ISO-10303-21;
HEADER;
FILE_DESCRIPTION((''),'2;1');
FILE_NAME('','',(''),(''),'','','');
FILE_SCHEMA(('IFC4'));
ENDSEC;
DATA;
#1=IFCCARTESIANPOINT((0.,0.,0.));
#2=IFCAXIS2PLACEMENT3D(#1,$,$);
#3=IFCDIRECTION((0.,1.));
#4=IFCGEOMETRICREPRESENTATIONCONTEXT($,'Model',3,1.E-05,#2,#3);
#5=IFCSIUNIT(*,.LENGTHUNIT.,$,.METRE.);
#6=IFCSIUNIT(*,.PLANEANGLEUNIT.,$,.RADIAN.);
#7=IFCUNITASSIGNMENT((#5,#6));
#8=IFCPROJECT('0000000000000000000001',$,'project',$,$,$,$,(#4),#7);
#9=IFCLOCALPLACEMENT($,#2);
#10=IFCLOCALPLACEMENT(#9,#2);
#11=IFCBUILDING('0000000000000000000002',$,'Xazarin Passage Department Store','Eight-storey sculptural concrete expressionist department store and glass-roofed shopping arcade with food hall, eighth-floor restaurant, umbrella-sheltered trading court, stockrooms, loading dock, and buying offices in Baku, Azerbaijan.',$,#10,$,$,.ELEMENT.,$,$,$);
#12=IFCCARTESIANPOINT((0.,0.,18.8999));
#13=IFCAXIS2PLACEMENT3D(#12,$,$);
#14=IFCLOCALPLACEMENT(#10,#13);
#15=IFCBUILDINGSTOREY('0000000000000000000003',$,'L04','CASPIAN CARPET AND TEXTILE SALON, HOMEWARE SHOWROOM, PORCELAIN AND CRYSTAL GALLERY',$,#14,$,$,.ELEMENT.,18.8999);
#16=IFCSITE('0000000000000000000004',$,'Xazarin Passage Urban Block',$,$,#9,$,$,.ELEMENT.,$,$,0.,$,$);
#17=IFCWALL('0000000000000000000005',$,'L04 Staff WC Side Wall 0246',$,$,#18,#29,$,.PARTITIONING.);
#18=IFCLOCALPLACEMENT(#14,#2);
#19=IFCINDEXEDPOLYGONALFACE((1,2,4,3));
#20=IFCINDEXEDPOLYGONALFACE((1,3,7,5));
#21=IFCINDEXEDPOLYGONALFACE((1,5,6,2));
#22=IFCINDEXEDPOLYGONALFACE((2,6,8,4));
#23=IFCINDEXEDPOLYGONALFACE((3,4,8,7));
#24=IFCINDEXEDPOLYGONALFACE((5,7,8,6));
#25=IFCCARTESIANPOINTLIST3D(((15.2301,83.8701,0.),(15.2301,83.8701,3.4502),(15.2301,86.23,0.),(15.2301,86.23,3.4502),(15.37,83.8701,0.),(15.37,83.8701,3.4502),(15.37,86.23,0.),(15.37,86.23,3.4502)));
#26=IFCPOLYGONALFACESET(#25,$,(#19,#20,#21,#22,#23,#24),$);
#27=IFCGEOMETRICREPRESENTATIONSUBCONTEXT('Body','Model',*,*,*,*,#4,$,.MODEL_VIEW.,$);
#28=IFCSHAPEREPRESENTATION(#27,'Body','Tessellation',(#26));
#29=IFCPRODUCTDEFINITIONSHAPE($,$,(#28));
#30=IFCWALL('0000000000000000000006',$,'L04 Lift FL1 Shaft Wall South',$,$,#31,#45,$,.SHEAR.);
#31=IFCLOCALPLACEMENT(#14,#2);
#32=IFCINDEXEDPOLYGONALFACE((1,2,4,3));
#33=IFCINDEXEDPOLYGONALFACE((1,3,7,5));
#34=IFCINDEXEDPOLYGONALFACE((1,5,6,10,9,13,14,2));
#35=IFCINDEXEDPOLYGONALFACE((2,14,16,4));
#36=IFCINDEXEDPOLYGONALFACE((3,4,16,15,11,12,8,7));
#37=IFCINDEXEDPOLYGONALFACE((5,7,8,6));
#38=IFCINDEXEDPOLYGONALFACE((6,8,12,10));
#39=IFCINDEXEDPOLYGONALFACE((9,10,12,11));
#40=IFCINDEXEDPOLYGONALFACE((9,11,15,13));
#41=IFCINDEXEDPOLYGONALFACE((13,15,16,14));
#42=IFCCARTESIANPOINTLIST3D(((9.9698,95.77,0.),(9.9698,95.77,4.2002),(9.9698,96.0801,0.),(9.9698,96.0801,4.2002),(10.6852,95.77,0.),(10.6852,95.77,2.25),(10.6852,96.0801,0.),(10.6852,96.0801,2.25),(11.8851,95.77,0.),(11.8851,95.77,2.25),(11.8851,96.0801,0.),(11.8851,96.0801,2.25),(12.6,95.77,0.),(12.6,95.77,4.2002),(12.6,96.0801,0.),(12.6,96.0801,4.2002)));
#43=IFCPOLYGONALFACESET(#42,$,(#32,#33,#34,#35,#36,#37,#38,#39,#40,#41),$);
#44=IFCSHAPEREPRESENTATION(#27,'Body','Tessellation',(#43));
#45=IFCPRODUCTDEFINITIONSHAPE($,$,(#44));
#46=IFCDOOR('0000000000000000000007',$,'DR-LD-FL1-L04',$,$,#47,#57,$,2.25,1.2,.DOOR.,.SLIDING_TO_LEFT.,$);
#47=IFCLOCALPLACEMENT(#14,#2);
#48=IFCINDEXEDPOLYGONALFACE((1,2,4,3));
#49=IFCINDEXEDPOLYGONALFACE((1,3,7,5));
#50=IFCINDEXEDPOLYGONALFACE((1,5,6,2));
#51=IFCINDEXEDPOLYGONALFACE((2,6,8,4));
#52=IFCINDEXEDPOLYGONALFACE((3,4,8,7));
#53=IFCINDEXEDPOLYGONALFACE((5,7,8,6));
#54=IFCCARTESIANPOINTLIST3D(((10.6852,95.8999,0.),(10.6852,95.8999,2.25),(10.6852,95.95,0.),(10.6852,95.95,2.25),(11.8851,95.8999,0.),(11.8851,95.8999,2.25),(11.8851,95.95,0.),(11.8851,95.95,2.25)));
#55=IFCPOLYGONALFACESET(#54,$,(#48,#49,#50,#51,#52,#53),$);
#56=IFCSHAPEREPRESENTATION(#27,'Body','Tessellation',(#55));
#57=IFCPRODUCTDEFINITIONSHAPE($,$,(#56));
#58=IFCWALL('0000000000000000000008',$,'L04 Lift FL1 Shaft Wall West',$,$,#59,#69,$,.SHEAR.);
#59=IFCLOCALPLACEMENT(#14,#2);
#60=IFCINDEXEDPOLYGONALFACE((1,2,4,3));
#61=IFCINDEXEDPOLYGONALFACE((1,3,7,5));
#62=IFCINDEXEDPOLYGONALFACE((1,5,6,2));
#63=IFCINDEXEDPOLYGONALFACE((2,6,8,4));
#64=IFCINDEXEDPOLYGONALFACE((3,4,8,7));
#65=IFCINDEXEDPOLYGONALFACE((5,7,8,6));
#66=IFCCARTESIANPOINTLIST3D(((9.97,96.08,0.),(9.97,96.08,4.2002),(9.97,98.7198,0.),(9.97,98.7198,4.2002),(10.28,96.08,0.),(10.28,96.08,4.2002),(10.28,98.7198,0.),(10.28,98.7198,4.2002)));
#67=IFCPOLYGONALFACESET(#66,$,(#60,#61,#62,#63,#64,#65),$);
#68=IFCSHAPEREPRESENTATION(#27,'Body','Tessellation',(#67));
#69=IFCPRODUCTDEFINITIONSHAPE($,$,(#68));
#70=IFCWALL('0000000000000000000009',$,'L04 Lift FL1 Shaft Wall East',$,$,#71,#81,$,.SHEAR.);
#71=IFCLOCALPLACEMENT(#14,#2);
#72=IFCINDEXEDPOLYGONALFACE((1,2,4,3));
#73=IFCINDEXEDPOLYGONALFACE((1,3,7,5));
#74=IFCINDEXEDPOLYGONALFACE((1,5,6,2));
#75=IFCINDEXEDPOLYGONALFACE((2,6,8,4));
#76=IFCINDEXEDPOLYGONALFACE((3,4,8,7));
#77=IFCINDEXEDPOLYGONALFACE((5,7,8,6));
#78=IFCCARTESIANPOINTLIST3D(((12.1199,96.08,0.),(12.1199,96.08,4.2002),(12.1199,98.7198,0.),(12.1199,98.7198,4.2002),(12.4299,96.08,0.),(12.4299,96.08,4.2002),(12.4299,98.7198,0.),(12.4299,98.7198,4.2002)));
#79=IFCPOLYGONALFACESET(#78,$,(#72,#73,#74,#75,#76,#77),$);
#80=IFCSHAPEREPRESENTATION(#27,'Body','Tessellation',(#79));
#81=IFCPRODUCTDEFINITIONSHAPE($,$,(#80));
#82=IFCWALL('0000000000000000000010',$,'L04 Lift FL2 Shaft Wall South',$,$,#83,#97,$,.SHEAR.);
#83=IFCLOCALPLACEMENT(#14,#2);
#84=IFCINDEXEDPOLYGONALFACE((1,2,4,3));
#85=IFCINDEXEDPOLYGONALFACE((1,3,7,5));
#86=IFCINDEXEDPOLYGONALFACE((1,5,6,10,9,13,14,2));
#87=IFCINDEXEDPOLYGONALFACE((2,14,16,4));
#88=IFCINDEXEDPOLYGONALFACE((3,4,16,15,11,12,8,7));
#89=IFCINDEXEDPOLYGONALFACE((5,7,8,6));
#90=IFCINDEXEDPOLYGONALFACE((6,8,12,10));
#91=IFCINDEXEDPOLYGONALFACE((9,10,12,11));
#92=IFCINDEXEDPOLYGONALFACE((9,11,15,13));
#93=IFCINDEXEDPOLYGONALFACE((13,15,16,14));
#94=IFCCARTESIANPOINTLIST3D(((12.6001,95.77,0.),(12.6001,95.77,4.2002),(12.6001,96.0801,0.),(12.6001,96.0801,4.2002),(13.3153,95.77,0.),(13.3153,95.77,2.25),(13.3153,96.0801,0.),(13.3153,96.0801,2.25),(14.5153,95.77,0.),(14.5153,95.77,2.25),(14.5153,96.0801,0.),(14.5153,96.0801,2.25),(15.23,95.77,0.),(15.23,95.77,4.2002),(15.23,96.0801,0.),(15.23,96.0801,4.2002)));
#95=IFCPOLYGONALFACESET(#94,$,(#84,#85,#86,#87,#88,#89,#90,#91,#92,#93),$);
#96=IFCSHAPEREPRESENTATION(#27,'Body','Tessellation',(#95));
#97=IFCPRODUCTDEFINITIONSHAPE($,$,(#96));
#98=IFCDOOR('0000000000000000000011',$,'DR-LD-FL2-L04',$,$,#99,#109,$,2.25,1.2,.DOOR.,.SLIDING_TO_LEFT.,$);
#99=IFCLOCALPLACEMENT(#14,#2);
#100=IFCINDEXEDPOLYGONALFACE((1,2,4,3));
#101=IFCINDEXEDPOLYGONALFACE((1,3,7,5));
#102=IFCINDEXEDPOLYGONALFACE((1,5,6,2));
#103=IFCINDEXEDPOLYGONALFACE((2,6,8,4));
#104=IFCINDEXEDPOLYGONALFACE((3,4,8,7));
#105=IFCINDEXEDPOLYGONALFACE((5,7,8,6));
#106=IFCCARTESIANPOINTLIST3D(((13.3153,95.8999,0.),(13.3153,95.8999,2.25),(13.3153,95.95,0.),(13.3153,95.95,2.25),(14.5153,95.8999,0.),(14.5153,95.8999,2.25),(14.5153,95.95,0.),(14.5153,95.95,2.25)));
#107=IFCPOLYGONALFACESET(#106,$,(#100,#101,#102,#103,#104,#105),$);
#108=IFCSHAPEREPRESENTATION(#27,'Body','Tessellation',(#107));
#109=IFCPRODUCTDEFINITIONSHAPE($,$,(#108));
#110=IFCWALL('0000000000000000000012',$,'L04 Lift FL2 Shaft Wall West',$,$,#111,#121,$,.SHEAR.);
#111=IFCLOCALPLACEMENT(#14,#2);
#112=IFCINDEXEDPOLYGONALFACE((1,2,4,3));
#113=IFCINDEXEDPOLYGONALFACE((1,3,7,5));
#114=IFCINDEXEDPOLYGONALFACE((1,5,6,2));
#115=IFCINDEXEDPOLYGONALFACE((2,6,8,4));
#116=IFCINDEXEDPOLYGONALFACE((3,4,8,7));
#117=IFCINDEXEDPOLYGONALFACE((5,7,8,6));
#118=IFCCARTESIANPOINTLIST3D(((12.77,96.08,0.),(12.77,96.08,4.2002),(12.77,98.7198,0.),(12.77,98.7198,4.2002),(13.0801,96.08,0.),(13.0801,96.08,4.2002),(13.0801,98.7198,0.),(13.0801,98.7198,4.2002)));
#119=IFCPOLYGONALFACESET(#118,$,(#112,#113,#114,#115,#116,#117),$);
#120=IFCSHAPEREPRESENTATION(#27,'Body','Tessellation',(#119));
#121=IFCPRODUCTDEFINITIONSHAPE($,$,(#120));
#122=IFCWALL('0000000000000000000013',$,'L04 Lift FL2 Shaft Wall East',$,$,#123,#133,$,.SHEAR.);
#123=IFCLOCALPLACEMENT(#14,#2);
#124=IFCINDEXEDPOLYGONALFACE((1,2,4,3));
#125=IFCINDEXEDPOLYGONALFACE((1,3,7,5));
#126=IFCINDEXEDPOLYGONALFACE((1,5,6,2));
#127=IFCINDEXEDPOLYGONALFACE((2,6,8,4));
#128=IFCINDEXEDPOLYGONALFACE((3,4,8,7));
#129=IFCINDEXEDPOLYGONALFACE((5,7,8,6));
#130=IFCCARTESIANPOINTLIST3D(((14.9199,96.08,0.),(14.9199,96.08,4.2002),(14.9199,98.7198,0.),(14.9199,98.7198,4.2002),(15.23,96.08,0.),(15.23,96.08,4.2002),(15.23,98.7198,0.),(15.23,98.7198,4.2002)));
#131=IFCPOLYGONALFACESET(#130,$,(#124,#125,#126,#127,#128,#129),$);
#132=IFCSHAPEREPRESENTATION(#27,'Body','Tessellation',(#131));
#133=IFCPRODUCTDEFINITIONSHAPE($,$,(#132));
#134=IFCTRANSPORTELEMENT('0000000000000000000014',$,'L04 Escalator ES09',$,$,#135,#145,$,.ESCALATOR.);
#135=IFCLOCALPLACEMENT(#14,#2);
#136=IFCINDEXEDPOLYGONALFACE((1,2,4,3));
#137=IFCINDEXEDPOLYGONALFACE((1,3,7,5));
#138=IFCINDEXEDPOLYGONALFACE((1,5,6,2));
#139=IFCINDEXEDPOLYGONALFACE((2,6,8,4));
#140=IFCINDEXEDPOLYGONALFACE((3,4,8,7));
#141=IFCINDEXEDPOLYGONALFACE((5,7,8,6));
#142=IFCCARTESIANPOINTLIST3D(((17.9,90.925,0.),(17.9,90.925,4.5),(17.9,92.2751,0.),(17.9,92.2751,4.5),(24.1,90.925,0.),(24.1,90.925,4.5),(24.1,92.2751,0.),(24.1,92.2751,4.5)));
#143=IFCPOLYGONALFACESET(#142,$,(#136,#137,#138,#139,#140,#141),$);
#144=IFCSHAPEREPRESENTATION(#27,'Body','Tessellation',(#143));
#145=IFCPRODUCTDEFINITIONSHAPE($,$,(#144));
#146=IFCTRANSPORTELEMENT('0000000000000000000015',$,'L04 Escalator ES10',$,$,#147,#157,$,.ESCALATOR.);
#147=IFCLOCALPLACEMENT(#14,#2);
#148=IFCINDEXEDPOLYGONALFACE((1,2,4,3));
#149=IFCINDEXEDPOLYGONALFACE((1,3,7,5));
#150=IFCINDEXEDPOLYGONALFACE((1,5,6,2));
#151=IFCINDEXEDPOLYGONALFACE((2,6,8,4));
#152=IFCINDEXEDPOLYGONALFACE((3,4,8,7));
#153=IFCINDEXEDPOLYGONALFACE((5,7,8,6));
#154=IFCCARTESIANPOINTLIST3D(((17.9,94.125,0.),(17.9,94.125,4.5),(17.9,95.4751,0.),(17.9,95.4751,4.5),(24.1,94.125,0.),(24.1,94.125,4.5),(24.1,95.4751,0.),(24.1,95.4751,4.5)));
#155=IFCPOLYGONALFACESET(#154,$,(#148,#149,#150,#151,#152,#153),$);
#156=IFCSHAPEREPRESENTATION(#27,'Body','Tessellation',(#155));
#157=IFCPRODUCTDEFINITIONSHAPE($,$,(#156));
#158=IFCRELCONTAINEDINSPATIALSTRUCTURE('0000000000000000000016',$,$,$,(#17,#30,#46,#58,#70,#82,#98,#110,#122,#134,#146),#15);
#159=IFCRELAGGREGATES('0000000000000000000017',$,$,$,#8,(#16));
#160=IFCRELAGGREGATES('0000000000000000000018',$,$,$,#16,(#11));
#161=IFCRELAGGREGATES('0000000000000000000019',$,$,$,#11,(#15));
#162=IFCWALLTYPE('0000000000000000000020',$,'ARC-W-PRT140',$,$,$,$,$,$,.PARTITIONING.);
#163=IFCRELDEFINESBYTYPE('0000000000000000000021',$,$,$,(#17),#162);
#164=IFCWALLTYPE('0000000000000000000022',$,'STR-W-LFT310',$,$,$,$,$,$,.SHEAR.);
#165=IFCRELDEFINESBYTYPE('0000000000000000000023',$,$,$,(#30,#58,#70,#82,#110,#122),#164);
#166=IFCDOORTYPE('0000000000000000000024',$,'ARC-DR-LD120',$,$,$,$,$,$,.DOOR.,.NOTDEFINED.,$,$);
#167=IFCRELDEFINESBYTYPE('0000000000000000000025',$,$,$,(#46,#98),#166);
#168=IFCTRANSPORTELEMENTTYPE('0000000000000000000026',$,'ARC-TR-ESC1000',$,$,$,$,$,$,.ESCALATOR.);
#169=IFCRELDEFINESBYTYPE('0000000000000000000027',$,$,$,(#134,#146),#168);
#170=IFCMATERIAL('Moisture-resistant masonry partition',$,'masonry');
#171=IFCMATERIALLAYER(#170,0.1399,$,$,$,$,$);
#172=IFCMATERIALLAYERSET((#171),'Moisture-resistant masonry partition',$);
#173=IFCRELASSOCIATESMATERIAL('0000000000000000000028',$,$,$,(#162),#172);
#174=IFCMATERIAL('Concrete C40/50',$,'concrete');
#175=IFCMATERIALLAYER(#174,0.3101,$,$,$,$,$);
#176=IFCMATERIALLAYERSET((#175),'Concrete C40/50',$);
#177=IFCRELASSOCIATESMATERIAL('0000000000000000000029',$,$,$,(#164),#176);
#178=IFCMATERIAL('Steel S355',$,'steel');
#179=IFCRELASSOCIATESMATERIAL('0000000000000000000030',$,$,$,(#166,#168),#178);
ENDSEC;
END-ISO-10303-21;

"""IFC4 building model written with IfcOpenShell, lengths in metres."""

from ifc_helpers import new_model, si_unit, direction, frame, frame_2d, origin, origin_2d, place, context, subcontext, project, spatial, rectangle, extrude, material, layer, layer_set, type_object, element, fill, save


model = new_model("IFC4")

# Units and contexts
model_context = context("Model", 3, precision=1e-05, world=origin(), true_north=direction((0.0, 1.0)))
body_context = subcontext(model_context, "Body", "Model", "MODEL_VIEW")
ifc_project = project(units=[si_unit("LENGTHUNIT", "METRE"), si_unit("PLANEANGLEUNIT", "RADIAN")], contexts=[model_context])

# Site, building, storey
site_placement = place(None, origin())
site = spatial("IfcSite", under=ifc_project, at=site_placement, Name="Xazarin Passage Urban Block", CompositionType="ELEMENT", RefElevation=0.0)
building_placement = place(site_placement, origin())
building = spatial("IfcBuilding", under=site, at=building_placement, Name="Xazarin Passage Department Store", Description="Eight-storey sculptural concrete expressionist department store and glass-roofed shopping arcade with food hall, eighth-floor restaurant, umbrella-sheltered trading court, stockrooms, loading dock, and buying offices in Baku, Azerbaijan.", CompositionType="ELEMENT")
storey_placement = place(building_placement, frame((0.0, 0.0, 18.8999)))
storey = spatial("IfcBuildingStorey", under=building, at=storey_placement, Name="L04", Description="CASPIAN CARPET AND TEXTILE SALON, HOMEWARE SHOWROOM, PORCELAIN AND CRYSTAL GALLERY", CompositionType="ELEMENT", Elevation=18.8999)

# Shared definitions
ifc_material_1 = material(Name="Concrete C40/50", Category="concrete")

# Shared definitions
ifc_material_2 = material(Name="Steel S355", Category="steel")

# Shared definitions
ifc_material_3 = material(Name="Moisture-resistant masonry partition", Category="masonry")
ifc_layer_1 = layer(ifc_material_3, 0.1399)
ifc_layer_set_1 = layer_set([ifc_layer_1], Name="Moisture-resistant masonry partition")
wall_type_1 = type_object("IfcWallType", Name="ARC-W-PRT140", PredefinedType="PARTITIONING", material=ifc_layer_set_1)

# Wall
for number, where, z_axis, x_axis, name in (
    (1, (15.3, 83.8701, 0.0), (0.0, 0.0, 1.0), (0.0, 1.0, 0.0), "L04 Staff WC Side Wall 0246"),
):
    element("IfcWall", number, at=place(storey_placement, frame(where, z_axis=z_axis, x_axis=x_axis)), inside=storey, type_object=wall_type_1, Name=name, PredefinedType="PARTITIONING", context=body_context, shape_type="SweptSolid", body=[
        extrude(rectangle(XDim=2.3599, YDim=0.1399, at=frame_2d((1.1799, 0.0))), origin(), (0.0, 0.0, 1.0), 3.4502),
    ])

# Wall, opening, door
ifc_layer_2 = layer(ifc_material_1, 0.3101)
ifc_layer_set_2 = layer_set([ifc_layer_2], Name="Concrete C40/50")
wall_type_2 = type_object("IfcWallType", Name="STR-W-LFT310", PredefinedType="SHEAR", material=ifc_layer_set_2)
wall_1_placement = place(storey_placement, frame((9.97, 95.925, 0.0), z_axis=(0.0, 0.0, 1.0), x_axis=(1.0, 0.0, 0.0)))
wall_1 = element("IfcWall", 2, at=wall_1_placement, inside=storey, type_object=wall_type_2, Name="L04 Lift FL1 Shaft Wall South", PredefinedType="SHEAR", context=body_context, shape_type="SweptSolid", body=[
    extrude(rectangle(XDim=2.6301, YDim=0.3101, at=frame_2d((1.3149, 0.0))), origin(), (0.0, 0.0, 1.0), 4.2002),
])
opening_1_placement = place(wall_1_placement, frame((0.7151, 0.0, 0.0)))
opening_1 = element("IfcOpeningElement", 3, at=opening_1_placement, cuts=wall_1, PredefinedType="OPENING", context=body_context, shape_type="SweptSolid", body=[
    extrude(rectangle(XDim=1.2, YDim=2.25, at=frame_2d((0.6001, 1.125))), frame((0.0, 0.165, 0.0), z_axis=(0.0, -1.0, 0.0), x_axis=(1.0, 0.0, 0.0)), (0.0, 0.0, 1.0), 0.3301),
])
door_type_1 = type_object("IfcDoorType", Name="ARC-DR-LD120", OperationType="NOTDEFINED", PredefinedType="DOOR", material=ifc_material_2)
door_1_placement = place(opening_1_placement, origin())
door_1 = element("IfcDoor", 4, at=door_1_placement, inside=storey, type_object=door_type_1, Name="DR-LD-FL1-L04", OperationType="SLIDING_TO_LEFT", OverallHeight=2.25, OverallWidth=1.2, PredefinedType="DOOR", context=body_context, shape_type="SweptSolid", body=[
    extrude(rectangle(XDim=1.2, YDim=2.25, at=frame_2d((0.6001, 1.125))), frame((0.0, 0.0249, 0.0), z_axis=(0.0, -1.0, 0.0), x_axis=(1.0, 0.0, 0.0)), (0.0, 0.0, 1.0), 0.05),
])
fill(opening_1, door_1)

# Walls
for number, where, z_axis, x_axis, name in (
    (5, (10.125, 96.0801, 0.0), (0.0, 0.0, 1.0), (0.0, 1.0, 0.0), "L04 Lift FL1 Shaft Wall West"),
    (6, (12.2749, 96.0801, 0.0), (0.0, 0.0, 1.0), (0.0, 1.0, 0.0), "L04 Lift FL1 Shaft Wall East"),
):
    element("IfcWall", number, at=place(storey_placement, frame(where, z_axis=z_axis, x_axis=x_axis)), inside=storey, type_object=wall_type_2, Name=name, PredefinedType="SHEAR", context=body_context, shape_type="SweptSolid", body=[
        extrude(rectangle(XDim=2.6399, YDim=0.3101, at=frame_2d((1.3198, 0.0))), origin(), (0.0, 0.0, 1.0), 4.2002),
    ])

# Wall, opening, door
wall_2_placement = place(storey_placement, frame((12.6001, 95.925, 0.0), z_axis=(0.0, 0.0, 1.0), x_axis=(1.0, 0.0, 0.0)))
wall_2 = element("IfcWall", 7, at=wall_2_placement, inside=storey, type_object=wall_type_2, Name="L04 Lift FL2 Shaft Wall South", PredefinedType="SHEAR", context=body_context, shape_type="SweptSolid", body=[
    extrude(rectangle(XDim=2.6299, YDim=0.3101, at=frame_2d((1.3149, 0.0))), origin(), (0.0, 0.0, 1.0), 4.2002),
])
opening_2_placement = place(wall_2_placement, frame((0.7151, 0.0, 0.0)))
opening_2 = element("IfcOpeningElement", 8, at=opening_2_placement, cuts=wall_2, PredefinedType="OPENING", context=body_context, shape_type="SweptSolid", body=[
    extrude(rectangle(XDim=1.2, YDim=2.25, at=frame_2d((0.6001, 1.125))), frame((0.0, 0.165, 0.0), z_axis=(0.0, -1.0, 0.0), x_axis=(1.0, 0.0, 0.0)), (0.0, 0.0, 1.0), 0.3301),
])
door_2_placement = place(opening_2_placement, origin())
door_2 = element("IfcDoor", 9, at=door_2_placement, inside=storey, type_object=door_type_1, Name="DR-LD-FL2-L04", OperationType="SLIDING_TO_LEFT", OverallHeight=2.25, OverallWidth=1.2, PredefinedType="DOOR", context=body_context, shape_type="SweptSolid", body=[
    extrude(rectangle(XDim=1.2, YDim=2.25, at=frame_2d((0.6001, 1.125))), frame((0.0, 0.0249, 0.0), z_axis=(0.0, -1.0, 0.0), x_axis=(1.0, 0.0, 0.0)), (0.0, 0.0, 1.0), 0.05),
])
fill(opening_2, door_2)

# Walls
for number, where, z_axis, x_axis, name in (
    (10, (12.925, 96.0801, 0.0), (0.0, 0.0, 1.0), (0.0, 1.0, 0.0), "L04 Lift FL2 Shaft Wall West"),
    (11, (15.075, 96.0801, 0.0), (0.0, 0.0, 1.0), (0.0, 1.0, 0.0), "L04 Lift FL2 Shaft Wall East"),
):
    element("IfcWall", number, at=place(storey_placement, frame(where, z_axis=z_axis, x_axis=x_axis)), inside=storey, type_object=wall_type_2, Name=name, PredefinedType="SHEAR", context=body_context, shape_type="SweptSolid", body=[
        extrude(rectangle(XDim=2.6399, YDim=0.3101, at=frame_2d((1.3198, 0.0))), origin(), (0.0, 0.0, 1.0), 4.2002),
    ])

# Transport elements
transport_element_type = type_object("IfcTransportElementType", Name="ARC-TR-ESC1000", PredefinedType="ESCALATOR", material=ifc_material_2)
for number, where, z_axis, x_axis, name in (
    (12, (21.0, 91.6001, 0.0), (0.0, 0.0, 1.0), (1.0, 0.0, 0.0), "L04 Escalator ES09"),
    (13, (21.0, 94.8, 0.0), (0.0, 0.0, 1.0), (1.0, 0.0, 0.0), "L04 Escalator ES10"),
):
    element("IfcTransportElement", number, at=place(storey_placement, frame(where, z_axis=z_axis, x_axis=x_axis)), inside=storey, type_object=transport_element_type, Name=name, PredefinedType="ESCALATOR", context=body_context, shape_type="SweptSolid", body=[
        extrude(rectangle(XDim=6.2, YDim=1.3501, at=origin_2d()), origin(), (0.0, 0.0, 1.0), 4.5),
    ])

save(model, "model.ifc")
